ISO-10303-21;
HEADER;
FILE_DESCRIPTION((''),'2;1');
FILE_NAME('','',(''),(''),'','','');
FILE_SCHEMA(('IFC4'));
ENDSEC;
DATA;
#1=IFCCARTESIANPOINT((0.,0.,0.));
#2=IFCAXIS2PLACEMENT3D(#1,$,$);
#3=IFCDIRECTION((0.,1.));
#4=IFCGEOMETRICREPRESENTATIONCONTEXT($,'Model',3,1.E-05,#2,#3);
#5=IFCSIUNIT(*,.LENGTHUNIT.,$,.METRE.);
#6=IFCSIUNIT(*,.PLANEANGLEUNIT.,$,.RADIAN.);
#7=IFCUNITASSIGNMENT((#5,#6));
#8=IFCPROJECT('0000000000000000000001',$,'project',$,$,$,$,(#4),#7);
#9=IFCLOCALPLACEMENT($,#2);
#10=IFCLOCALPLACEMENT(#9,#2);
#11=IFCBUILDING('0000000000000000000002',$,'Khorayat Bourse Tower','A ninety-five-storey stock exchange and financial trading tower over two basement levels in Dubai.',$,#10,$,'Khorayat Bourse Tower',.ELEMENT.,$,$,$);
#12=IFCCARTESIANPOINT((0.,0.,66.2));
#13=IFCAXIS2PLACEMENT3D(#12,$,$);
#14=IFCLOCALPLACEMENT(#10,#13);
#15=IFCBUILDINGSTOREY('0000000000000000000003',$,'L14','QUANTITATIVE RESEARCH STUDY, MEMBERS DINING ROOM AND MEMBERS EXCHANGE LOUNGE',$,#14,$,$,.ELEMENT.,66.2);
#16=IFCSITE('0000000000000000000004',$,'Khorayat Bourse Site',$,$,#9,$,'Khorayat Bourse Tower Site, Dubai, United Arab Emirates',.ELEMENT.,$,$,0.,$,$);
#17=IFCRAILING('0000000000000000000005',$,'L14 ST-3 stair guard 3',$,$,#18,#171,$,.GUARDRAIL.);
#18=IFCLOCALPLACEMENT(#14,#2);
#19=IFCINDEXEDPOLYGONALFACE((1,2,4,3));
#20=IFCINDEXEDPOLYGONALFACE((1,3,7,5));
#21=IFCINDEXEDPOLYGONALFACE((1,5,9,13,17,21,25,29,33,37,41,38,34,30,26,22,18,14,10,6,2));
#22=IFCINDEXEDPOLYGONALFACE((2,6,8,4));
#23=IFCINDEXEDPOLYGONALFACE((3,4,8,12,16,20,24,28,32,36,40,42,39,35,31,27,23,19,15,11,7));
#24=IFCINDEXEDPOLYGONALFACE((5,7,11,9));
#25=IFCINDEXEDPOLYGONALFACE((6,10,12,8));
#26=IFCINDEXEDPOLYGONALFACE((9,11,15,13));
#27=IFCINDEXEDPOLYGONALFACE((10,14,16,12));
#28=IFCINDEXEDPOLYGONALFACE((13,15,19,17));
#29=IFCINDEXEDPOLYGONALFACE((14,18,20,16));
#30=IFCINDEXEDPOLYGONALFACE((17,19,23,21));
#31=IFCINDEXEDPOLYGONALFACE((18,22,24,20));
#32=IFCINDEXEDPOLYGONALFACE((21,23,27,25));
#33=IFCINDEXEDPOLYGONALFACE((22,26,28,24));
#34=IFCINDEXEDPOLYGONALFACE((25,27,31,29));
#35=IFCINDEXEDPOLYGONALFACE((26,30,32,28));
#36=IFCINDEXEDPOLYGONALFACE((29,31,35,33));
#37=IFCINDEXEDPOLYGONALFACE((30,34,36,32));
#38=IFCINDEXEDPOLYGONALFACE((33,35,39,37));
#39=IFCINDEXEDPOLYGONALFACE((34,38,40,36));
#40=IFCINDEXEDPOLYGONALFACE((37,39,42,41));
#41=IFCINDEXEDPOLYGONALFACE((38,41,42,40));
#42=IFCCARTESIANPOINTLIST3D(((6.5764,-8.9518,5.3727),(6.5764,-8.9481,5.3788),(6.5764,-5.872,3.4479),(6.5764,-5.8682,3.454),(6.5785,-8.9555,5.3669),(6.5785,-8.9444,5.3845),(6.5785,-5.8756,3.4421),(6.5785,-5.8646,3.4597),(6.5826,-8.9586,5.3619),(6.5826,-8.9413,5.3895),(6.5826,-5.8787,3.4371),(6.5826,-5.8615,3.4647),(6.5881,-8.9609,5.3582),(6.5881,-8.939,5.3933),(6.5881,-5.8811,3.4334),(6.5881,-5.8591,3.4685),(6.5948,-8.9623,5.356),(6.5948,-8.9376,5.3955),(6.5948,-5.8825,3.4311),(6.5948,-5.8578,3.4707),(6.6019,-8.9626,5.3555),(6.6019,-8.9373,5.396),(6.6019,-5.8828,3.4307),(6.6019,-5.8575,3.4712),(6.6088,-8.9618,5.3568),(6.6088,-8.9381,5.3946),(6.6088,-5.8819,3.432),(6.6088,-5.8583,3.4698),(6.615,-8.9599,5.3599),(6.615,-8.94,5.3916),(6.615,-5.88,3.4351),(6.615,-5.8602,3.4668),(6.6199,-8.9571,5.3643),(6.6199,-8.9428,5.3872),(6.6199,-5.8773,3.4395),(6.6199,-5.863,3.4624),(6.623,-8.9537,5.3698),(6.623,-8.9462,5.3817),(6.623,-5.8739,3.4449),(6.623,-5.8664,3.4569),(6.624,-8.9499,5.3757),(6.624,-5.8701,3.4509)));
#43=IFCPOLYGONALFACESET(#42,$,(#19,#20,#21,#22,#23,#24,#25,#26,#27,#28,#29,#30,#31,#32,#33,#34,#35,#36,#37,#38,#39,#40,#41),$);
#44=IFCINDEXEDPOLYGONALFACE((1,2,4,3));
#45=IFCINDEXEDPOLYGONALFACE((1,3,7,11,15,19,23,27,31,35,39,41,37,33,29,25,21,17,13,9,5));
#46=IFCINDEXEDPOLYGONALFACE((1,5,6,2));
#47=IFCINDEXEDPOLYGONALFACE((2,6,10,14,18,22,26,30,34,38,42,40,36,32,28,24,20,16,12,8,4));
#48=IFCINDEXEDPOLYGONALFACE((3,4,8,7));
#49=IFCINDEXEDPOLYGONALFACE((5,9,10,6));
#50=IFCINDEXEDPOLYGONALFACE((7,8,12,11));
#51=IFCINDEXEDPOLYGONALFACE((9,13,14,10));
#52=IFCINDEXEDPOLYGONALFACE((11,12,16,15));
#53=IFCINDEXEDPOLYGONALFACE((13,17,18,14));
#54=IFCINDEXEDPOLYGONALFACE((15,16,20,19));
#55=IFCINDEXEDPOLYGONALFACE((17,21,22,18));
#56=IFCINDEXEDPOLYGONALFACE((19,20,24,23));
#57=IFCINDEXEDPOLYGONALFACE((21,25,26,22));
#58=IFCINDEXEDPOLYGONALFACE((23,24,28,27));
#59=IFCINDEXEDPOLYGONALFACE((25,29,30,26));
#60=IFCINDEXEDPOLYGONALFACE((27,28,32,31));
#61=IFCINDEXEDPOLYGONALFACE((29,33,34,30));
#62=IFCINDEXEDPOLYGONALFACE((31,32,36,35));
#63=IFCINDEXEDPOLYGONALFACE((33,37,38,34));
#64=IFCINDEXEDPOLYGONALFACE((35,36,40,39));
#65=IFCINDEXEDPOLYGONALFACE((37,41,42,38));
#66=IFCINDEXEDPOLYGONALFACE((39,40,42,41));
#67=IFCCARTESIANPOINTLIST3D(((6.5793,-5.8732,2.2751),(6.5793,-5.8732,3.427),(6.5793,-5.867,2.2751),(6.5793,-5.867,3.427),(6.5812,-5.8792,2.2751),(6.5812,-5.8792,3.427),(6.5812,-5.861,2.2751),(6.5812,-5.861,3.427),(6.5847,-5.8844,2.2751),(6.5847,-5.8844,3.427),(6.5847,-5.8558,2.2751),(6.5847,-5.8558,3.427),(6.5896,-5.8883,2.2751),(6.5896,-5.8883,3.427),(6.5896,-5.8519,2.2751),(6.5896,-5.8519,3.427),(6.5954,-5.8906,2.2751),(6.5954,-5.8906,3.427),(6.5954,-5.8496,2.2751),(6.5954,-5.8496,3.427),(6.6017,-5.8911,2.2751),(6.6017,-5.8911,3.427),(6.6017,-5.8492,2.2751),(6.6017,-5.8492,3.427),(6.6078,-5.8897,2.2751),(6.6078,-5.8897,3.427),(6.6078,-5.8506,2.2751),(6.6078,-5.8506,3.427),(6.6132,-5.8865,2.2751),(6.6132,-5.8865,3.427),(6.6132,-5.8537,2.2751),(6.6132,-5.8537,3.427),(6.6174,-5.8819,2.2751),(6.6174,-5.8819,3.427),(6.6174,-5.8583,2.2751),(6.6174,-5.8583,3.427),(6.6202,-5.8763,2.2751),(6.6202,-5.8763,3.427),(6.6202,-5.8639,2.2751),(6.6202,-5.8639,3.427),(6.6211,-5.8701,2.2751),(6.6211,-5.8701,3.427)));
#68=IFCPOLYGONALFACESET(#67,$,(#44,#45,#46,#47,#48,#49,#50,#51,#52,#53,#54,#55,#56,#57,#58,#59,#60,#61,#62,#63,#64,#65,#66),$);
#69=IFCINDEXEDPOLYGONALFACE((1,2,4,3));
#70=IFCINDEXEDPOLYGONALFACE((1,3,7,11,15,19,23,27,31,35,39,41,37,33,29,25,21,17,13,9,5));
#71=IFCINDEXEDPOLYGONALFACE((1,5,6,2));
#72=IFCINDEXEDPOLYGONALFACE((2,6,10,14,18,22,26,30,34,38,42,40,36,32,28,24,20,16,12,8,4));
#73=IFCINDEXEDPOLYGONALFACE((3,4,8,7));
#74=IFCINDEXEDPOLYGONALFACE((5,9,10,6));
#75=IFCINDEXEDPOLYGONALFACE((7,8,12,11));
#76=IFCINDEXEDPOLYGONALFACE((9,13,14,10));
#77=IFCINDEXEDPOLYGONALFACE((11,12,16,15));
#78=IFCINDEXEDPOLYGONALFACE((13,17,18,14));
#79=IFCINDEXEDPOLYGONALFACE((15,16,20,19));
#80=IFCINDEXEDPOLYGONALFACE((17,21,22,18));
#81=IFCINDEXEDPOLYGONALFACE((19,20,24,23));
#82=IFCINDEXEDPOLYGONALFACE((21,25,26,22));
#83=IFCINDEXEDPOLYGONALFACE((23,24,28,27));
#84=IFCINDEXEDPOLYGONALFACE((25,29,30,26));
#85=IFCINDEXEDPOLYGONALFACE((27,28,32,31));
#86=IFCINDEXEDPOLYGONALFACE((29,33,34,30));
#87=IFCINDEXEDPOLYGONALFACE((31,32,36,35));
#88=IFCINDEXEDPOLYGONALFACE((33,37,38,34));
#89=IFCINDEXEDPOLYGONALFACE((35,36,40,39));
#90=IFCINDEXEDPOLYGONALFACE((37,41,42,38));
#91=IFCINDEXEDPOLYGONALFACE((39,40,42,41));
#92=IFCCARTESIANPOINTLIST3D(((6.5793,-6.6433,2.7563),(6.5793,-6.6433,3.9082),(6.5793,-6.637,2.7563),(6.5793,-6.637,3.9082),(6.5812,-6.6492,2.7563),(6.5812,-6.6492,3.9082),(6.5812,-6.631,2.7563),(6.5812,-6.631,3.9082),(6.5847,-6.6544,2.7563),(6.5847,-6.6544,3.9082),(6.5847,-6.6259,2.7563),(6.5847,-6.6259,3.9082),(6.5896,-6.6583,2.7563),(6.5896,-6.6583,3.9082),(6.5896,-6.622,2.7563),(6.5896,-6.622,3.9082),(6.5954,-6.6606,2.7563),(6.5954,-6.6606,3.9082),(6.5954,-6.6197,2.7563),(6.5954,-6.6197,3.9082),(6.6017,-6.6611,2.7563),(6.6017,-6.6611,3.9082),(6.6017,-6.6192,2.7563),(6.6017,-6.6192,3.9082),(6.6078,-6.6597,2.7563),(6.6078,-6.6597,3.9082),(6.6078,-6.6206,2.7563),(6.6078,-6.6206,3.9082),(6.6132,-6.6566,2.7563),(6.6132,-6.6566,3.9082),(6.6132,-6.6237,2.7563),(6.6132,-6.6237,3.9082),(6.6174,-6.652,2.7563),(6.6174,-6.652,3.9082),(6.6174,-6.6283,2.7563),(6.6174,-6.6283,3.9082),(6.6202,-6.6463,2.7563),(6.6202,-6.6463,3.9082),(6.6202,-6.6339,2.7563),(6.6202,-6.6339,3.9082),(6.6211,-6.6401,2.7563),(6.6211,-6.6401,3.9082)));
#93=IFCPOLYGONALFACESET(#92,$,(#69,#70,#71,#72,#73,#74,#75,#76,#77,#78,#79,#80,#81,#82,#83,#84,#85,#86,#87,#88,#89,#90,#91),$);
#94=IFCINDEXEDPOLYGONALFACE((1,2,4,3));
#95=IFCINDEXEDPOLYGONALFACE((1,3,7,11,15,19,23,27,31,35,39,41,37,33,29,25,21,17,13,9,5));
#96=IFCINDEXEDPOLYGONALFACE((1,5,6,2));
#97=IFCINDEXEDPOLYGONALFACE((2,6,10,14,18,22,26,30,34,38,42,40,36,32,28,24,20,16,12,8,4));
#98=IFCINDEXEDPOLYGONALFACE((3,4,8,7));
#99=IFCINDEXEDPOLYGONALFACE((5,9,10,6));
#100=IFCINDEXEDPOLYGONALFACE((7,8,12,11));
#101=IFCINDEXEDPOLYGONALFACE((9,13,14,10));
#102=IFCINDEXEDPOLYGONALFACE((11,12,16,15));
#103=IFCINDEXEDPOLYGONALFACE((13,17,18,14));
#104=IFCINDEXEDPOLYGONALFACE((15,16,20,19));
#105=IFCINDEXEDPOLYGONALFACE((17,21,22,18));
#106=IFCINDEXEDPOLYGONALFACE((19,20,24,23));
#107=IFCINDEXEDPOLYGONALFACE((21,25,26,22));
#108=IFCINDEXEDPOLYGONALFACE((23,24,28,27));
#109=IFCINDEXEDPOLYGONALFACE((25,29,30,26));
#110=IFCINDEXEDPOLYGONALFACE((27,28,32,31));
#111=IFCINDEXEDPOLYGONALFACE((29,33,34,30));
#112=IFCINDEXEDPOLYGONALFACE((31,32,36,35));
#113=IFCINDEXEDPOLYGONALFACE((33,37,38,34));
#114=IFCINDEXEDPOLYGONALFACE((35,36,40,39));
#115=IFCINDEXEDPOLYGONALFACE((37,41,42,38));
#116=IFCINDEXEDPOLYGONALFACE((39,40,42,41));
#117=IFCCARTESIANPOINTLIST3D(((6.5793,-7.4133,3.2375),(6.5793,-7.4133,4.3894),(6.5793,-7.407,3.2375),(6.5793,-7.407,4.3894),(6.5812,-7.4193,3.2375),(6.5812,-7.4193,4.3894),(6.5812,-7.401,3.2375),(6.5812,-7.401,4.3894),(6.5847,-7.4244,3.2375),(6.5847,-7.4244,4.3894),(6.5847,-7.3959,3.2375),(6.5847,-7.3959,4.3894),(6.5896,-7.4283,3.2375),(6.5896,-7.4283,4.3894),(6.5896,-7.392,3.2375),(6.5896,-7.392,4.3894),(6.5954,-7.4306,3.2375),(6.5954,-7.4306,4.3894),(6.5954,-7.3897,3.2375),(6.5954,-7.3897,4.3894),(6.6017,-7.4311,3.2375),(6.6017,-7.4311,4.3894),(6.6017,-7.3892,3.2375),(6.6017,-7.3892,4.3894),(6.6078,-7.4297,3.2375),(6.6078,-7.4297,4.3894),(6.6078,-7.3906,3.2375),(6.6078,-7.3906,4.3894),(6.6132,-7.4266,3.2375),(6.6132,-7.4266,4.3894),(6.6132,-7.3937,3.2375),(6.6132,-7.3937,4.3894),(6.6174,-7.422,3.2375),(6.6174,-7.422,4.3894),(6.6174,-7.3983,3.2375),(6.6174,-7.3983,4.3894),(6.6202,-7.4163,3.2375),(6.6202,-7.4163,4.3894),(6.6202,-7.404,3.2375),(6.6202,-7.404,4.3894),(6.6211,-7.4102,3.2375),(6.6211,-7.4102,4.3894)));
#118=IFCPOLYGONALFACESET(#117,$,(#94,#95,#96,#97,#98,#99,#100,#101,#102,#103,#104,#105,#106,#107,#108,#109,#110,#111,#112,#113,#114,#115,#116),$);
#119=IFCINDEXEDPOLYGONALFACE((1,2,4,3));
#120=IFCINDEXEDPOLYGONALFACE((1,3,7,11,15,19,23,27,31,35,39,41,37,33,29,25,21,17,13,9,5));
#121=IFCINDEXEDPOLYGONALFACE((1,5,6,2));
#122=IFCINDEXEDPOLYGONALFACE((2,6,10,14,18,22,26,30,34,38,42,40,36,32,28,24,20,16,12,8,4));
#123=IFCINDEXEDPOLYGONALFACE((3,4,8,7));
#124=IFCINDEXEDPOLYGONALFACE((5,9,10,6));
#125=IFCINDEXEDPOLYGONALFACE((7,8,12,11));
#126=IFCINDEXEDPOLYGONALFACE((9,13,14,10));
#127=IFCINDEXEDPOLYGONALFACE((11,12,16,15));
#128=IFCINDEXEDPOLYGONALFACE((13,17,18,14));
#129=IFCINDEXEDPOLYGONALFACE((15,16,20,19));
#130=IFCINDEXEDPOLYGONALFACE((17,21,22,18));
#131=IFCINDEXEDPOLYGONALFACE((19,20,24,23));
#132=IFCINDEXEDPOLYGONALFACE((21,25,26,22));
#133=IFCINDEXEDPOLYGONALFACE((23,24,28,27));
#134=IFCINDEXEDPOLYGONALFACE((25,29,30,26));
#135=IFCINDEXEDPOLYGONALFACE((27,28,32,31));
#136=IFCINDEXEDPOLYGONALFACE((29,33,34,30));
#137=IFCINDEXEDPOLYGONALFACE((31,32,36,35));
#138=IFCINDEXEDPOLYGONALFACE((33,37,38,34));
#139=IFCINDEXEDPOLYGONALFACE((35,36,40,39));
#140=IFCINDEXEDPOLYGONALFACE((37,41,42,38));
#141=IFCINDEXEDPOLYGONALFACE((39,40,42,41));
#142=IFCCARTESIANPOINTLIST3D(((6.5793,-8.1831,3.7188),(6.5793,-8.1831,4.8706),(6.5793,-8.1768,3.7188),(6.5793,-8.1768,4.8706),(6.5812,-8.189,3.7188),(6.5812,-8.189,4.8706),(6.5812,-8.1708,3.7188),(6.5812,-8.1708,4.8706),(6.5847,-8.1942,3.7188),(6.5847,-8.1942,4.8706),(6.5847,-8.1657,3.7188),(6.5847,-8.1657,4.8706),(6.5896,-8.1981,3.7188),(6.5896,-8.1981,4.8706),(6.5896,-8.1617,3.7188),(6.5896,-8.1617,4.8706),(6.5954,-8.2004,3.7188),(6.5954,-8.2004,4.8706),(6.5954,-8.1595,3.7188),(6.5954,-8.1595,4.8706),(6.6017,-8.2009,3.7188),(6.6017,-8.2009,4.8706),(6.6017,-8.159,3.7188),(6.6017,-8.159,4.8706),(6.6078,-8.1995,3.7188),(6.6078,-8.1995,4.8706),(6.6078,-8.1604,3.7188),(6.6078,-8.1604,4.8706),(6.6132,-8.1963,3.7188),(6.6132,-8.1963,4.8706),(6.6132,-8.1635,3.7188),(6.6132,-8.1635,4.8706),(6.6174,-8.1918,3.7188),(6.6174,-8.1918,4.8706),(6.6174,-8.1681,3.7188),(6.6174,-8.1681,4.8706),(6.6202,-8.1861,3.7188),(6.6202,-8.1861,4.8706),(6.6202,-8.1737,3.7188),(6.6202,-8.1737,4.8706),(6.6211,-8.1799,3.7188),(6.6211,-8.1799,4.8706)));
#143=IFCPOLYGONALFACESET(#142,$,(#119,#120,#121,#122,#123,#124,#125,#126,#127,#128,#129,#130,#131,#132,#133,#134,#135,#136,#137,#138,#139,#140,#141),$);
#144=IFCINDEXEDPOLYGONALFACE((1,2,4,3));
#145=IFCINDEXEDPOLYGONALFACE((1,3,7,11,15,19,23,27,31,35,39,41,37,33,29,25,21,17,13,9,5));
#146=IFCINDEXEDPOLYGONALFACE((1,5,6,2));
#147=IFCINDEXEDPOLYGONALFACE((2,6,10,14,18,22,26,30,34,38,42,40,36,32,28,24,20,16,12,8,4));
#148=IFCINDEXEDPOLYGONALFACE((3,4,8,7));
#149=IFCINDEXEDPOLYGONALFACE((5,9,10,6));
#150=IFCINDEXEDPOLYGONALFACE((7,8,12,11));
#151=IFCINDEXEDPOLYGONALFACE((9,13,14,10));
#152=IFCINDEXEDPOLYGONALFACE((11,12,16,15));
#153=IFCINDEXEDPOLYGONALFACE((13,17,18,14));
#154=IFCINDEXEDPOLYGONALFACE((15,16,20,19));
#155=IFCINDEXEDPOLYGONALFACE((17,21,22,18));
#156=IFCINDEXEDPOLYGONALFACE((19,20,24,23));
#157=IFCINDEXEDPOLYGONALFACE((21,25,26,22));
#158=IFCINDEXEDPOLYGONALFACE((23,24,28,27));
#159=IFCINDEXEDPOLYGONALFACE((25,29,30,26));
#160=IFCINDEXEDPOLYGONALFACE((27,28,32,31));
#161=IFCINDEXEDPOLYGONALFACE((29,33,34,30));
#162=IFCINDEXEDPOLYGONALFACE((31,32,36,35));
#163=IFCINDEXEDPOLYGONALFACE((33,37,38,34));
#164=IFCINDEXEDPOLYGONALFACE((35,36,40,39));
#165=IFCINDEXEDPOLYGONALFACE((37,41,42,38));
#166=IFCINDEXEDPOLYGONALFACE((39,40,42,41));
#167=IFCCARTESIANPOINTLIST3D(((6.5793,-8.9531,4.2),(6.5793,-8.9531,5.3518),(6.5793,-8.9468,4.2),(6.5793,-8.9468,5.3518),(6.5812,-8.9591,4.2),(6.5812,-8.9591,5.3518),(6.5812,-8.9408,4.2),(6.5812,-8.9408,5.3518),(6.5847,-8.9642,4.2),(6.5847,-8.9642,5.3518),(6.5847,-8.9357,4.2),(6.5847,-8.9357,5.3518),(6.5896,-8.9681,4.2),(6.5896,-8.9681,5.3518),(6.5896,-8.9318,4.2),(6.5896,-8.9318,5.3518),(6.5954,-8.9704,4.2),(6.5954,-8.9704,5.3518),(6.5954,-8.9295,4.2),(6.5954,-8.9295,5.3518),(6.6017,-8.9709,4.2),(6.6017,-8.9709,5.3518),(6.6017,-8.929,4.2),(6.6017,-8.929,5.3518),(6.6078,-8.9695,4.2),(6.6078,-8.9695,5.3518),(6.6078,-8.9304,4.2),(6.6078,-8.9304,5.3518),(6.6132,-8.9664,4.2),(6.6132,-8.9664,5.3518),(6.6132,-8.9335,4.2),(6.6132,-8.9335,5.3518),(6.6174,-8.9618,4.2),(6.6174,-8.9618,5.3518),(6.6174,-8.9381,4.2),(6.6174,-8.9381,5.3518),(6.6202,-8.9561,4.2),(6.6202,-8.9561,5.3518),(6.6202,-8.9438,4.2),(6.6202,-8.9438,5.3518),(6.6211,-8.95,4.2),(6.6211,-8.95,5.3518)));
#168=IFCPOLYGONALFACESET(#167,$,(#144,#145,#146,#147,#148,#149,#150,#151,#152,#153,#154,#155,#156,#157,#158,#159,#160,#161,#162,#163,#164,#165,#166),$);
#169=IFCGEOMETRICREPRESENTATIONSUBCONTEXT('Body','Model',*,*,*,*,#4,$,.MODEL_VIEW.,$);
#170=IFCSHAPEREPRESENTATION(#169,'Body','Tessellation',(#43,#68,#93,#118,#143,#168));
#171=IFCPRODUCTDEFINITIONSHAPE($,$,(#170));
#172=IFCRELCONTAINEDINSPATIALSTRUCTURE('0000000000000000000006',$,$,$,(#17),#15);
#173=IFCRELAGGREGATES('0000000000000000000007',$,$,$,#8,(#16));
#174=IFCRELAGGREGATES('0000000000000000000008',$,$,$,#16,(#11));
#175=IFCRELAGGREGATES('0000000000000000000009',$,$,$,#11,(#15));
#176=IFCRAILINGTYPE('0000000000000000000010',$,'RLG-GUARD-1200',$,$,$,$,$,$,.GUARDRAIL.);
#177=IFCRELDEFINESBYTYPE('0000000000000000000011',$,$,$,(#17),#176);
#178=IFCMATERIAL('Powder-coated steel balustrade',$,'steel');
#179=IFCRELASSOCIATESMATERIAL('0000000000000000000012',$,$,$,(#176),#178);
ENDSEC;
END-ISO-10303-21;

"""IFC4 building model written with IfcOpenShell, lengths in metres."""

from ifc_helpers import new_model, si_unit, direction, frame, origin, origin_2d, place, context, subcontext, project, spatial, circle, extrude, source, transform, mapped, material, type_object, element, save


model = new_model("IFC4")

# Units and contexts
model_context = context("Model", 3, precision=1e-05, world=origin(), true_north=direction((0.0, 1.0)))
body_context = subcontext(model_context, "Body", "Model", "MODEL_VIEW")
ifc_project = project(units=[si_unit("LENGTHUNIT", "METRE"), si_unit("PLANEANGLEUNIT", "RADIAN")], contexts=[model_context])

# Site, building, storey
site_placement = place(None, origin())
site = spatial("IfcSite", under=ifc_project, at=site_placement, Name="Khorayat Bourse Site", LongName="Khorayat Bourse Tower Site, Dubai, United Arab Emirates", CompositionType="ELEMENT", RefElevation=0.0)
building_placement = place(site_placement, origin())
building = spatial("IfcBuilding", under=site, at=building_placement, Name="Khorayat Bourse Tower", Description="A ninety-five-storey stock exchange and financial trading tower over two basement levels in Dubai.", LongName="Khorayat Bourse Tower", CompositionType="ELEMENT")
storey_placement = place(building_placement, frame((0.0, 0.0, 66.2)))
storey = spatial("IfcBuildingStorey", under=building, at=storey_placement, Name="L14", Description="QUANTITATIVE RESEARCH STUDY, MEMBERS DINING ROOM AND MEMBERS EXCHANGE LOUNGE", CompositionType="ELEMENT", Elevation=66.2)

# Railing
ifc_material_1 = material(Name="Powder-coated steel balustrade", Category="steel")
railing_type_1 = type_object("IfcRailingType", Name="RLG-GUARD-1200", PredefinedType="GUARDRAIL", material=ifc_material_1)
shared_shape_1 = source(origin(), body_context, "Body", "SweptSolid", [
    extrude(circle(Radius=0.0239, at=origin_2d()), frame((0.0, 0.0, 1.1758), z_axis=(0.0, -0.84801, 0.529981), x_axis=(1.0, 0.0, 0.0)), (0.0, 0.0, 1.0), 3.6318),
    extrude(circle(Radius=0.021, at=origin_2d()), origin(), (0.0, 0.0, 1.0), 1.1519),
    extrude(circle(Radius=0.021, at=origin_2d()), frame((0.0, -0.77, 0.4812)), (0.0, 0.0, 1.0), 1.1519),
    extrude(circle(Radius=0.021, at=origin_2d()), frame((0.0, -1.54, 0.9624)), (0.0, 0.0, 1.0), 1.1519),
    extrude(circle(Radius=0.021, at=origin_2d()), frame((0.0, -2.3098, 1.4436)), (0.0, 0.0, 1.0), 1.1519),
    extrude(circle(Radius=0.021, at=origin_2d()), frame((0.0, -3.0798, 1.9248)), (0.0, 0.0, 1.0), 1.1519),
])
railing_1_placement = place(storey_placement, frame((6.6001, -5.8701, 2.2751)))
element("IfcRailing", 1, at=railing_1_placement, inside=storey, type_object=railing_type_1, Name="L14 ST-3 stair guard 3", PredefinedType="GUARDRAIL", context=body_context, shape_type="MappedRepresentation", body=[
    mapped(shared_shape_1, transform((0.0, 0.0, 0.0), scale=1.0)),
])

save(model, "model.ifc")
